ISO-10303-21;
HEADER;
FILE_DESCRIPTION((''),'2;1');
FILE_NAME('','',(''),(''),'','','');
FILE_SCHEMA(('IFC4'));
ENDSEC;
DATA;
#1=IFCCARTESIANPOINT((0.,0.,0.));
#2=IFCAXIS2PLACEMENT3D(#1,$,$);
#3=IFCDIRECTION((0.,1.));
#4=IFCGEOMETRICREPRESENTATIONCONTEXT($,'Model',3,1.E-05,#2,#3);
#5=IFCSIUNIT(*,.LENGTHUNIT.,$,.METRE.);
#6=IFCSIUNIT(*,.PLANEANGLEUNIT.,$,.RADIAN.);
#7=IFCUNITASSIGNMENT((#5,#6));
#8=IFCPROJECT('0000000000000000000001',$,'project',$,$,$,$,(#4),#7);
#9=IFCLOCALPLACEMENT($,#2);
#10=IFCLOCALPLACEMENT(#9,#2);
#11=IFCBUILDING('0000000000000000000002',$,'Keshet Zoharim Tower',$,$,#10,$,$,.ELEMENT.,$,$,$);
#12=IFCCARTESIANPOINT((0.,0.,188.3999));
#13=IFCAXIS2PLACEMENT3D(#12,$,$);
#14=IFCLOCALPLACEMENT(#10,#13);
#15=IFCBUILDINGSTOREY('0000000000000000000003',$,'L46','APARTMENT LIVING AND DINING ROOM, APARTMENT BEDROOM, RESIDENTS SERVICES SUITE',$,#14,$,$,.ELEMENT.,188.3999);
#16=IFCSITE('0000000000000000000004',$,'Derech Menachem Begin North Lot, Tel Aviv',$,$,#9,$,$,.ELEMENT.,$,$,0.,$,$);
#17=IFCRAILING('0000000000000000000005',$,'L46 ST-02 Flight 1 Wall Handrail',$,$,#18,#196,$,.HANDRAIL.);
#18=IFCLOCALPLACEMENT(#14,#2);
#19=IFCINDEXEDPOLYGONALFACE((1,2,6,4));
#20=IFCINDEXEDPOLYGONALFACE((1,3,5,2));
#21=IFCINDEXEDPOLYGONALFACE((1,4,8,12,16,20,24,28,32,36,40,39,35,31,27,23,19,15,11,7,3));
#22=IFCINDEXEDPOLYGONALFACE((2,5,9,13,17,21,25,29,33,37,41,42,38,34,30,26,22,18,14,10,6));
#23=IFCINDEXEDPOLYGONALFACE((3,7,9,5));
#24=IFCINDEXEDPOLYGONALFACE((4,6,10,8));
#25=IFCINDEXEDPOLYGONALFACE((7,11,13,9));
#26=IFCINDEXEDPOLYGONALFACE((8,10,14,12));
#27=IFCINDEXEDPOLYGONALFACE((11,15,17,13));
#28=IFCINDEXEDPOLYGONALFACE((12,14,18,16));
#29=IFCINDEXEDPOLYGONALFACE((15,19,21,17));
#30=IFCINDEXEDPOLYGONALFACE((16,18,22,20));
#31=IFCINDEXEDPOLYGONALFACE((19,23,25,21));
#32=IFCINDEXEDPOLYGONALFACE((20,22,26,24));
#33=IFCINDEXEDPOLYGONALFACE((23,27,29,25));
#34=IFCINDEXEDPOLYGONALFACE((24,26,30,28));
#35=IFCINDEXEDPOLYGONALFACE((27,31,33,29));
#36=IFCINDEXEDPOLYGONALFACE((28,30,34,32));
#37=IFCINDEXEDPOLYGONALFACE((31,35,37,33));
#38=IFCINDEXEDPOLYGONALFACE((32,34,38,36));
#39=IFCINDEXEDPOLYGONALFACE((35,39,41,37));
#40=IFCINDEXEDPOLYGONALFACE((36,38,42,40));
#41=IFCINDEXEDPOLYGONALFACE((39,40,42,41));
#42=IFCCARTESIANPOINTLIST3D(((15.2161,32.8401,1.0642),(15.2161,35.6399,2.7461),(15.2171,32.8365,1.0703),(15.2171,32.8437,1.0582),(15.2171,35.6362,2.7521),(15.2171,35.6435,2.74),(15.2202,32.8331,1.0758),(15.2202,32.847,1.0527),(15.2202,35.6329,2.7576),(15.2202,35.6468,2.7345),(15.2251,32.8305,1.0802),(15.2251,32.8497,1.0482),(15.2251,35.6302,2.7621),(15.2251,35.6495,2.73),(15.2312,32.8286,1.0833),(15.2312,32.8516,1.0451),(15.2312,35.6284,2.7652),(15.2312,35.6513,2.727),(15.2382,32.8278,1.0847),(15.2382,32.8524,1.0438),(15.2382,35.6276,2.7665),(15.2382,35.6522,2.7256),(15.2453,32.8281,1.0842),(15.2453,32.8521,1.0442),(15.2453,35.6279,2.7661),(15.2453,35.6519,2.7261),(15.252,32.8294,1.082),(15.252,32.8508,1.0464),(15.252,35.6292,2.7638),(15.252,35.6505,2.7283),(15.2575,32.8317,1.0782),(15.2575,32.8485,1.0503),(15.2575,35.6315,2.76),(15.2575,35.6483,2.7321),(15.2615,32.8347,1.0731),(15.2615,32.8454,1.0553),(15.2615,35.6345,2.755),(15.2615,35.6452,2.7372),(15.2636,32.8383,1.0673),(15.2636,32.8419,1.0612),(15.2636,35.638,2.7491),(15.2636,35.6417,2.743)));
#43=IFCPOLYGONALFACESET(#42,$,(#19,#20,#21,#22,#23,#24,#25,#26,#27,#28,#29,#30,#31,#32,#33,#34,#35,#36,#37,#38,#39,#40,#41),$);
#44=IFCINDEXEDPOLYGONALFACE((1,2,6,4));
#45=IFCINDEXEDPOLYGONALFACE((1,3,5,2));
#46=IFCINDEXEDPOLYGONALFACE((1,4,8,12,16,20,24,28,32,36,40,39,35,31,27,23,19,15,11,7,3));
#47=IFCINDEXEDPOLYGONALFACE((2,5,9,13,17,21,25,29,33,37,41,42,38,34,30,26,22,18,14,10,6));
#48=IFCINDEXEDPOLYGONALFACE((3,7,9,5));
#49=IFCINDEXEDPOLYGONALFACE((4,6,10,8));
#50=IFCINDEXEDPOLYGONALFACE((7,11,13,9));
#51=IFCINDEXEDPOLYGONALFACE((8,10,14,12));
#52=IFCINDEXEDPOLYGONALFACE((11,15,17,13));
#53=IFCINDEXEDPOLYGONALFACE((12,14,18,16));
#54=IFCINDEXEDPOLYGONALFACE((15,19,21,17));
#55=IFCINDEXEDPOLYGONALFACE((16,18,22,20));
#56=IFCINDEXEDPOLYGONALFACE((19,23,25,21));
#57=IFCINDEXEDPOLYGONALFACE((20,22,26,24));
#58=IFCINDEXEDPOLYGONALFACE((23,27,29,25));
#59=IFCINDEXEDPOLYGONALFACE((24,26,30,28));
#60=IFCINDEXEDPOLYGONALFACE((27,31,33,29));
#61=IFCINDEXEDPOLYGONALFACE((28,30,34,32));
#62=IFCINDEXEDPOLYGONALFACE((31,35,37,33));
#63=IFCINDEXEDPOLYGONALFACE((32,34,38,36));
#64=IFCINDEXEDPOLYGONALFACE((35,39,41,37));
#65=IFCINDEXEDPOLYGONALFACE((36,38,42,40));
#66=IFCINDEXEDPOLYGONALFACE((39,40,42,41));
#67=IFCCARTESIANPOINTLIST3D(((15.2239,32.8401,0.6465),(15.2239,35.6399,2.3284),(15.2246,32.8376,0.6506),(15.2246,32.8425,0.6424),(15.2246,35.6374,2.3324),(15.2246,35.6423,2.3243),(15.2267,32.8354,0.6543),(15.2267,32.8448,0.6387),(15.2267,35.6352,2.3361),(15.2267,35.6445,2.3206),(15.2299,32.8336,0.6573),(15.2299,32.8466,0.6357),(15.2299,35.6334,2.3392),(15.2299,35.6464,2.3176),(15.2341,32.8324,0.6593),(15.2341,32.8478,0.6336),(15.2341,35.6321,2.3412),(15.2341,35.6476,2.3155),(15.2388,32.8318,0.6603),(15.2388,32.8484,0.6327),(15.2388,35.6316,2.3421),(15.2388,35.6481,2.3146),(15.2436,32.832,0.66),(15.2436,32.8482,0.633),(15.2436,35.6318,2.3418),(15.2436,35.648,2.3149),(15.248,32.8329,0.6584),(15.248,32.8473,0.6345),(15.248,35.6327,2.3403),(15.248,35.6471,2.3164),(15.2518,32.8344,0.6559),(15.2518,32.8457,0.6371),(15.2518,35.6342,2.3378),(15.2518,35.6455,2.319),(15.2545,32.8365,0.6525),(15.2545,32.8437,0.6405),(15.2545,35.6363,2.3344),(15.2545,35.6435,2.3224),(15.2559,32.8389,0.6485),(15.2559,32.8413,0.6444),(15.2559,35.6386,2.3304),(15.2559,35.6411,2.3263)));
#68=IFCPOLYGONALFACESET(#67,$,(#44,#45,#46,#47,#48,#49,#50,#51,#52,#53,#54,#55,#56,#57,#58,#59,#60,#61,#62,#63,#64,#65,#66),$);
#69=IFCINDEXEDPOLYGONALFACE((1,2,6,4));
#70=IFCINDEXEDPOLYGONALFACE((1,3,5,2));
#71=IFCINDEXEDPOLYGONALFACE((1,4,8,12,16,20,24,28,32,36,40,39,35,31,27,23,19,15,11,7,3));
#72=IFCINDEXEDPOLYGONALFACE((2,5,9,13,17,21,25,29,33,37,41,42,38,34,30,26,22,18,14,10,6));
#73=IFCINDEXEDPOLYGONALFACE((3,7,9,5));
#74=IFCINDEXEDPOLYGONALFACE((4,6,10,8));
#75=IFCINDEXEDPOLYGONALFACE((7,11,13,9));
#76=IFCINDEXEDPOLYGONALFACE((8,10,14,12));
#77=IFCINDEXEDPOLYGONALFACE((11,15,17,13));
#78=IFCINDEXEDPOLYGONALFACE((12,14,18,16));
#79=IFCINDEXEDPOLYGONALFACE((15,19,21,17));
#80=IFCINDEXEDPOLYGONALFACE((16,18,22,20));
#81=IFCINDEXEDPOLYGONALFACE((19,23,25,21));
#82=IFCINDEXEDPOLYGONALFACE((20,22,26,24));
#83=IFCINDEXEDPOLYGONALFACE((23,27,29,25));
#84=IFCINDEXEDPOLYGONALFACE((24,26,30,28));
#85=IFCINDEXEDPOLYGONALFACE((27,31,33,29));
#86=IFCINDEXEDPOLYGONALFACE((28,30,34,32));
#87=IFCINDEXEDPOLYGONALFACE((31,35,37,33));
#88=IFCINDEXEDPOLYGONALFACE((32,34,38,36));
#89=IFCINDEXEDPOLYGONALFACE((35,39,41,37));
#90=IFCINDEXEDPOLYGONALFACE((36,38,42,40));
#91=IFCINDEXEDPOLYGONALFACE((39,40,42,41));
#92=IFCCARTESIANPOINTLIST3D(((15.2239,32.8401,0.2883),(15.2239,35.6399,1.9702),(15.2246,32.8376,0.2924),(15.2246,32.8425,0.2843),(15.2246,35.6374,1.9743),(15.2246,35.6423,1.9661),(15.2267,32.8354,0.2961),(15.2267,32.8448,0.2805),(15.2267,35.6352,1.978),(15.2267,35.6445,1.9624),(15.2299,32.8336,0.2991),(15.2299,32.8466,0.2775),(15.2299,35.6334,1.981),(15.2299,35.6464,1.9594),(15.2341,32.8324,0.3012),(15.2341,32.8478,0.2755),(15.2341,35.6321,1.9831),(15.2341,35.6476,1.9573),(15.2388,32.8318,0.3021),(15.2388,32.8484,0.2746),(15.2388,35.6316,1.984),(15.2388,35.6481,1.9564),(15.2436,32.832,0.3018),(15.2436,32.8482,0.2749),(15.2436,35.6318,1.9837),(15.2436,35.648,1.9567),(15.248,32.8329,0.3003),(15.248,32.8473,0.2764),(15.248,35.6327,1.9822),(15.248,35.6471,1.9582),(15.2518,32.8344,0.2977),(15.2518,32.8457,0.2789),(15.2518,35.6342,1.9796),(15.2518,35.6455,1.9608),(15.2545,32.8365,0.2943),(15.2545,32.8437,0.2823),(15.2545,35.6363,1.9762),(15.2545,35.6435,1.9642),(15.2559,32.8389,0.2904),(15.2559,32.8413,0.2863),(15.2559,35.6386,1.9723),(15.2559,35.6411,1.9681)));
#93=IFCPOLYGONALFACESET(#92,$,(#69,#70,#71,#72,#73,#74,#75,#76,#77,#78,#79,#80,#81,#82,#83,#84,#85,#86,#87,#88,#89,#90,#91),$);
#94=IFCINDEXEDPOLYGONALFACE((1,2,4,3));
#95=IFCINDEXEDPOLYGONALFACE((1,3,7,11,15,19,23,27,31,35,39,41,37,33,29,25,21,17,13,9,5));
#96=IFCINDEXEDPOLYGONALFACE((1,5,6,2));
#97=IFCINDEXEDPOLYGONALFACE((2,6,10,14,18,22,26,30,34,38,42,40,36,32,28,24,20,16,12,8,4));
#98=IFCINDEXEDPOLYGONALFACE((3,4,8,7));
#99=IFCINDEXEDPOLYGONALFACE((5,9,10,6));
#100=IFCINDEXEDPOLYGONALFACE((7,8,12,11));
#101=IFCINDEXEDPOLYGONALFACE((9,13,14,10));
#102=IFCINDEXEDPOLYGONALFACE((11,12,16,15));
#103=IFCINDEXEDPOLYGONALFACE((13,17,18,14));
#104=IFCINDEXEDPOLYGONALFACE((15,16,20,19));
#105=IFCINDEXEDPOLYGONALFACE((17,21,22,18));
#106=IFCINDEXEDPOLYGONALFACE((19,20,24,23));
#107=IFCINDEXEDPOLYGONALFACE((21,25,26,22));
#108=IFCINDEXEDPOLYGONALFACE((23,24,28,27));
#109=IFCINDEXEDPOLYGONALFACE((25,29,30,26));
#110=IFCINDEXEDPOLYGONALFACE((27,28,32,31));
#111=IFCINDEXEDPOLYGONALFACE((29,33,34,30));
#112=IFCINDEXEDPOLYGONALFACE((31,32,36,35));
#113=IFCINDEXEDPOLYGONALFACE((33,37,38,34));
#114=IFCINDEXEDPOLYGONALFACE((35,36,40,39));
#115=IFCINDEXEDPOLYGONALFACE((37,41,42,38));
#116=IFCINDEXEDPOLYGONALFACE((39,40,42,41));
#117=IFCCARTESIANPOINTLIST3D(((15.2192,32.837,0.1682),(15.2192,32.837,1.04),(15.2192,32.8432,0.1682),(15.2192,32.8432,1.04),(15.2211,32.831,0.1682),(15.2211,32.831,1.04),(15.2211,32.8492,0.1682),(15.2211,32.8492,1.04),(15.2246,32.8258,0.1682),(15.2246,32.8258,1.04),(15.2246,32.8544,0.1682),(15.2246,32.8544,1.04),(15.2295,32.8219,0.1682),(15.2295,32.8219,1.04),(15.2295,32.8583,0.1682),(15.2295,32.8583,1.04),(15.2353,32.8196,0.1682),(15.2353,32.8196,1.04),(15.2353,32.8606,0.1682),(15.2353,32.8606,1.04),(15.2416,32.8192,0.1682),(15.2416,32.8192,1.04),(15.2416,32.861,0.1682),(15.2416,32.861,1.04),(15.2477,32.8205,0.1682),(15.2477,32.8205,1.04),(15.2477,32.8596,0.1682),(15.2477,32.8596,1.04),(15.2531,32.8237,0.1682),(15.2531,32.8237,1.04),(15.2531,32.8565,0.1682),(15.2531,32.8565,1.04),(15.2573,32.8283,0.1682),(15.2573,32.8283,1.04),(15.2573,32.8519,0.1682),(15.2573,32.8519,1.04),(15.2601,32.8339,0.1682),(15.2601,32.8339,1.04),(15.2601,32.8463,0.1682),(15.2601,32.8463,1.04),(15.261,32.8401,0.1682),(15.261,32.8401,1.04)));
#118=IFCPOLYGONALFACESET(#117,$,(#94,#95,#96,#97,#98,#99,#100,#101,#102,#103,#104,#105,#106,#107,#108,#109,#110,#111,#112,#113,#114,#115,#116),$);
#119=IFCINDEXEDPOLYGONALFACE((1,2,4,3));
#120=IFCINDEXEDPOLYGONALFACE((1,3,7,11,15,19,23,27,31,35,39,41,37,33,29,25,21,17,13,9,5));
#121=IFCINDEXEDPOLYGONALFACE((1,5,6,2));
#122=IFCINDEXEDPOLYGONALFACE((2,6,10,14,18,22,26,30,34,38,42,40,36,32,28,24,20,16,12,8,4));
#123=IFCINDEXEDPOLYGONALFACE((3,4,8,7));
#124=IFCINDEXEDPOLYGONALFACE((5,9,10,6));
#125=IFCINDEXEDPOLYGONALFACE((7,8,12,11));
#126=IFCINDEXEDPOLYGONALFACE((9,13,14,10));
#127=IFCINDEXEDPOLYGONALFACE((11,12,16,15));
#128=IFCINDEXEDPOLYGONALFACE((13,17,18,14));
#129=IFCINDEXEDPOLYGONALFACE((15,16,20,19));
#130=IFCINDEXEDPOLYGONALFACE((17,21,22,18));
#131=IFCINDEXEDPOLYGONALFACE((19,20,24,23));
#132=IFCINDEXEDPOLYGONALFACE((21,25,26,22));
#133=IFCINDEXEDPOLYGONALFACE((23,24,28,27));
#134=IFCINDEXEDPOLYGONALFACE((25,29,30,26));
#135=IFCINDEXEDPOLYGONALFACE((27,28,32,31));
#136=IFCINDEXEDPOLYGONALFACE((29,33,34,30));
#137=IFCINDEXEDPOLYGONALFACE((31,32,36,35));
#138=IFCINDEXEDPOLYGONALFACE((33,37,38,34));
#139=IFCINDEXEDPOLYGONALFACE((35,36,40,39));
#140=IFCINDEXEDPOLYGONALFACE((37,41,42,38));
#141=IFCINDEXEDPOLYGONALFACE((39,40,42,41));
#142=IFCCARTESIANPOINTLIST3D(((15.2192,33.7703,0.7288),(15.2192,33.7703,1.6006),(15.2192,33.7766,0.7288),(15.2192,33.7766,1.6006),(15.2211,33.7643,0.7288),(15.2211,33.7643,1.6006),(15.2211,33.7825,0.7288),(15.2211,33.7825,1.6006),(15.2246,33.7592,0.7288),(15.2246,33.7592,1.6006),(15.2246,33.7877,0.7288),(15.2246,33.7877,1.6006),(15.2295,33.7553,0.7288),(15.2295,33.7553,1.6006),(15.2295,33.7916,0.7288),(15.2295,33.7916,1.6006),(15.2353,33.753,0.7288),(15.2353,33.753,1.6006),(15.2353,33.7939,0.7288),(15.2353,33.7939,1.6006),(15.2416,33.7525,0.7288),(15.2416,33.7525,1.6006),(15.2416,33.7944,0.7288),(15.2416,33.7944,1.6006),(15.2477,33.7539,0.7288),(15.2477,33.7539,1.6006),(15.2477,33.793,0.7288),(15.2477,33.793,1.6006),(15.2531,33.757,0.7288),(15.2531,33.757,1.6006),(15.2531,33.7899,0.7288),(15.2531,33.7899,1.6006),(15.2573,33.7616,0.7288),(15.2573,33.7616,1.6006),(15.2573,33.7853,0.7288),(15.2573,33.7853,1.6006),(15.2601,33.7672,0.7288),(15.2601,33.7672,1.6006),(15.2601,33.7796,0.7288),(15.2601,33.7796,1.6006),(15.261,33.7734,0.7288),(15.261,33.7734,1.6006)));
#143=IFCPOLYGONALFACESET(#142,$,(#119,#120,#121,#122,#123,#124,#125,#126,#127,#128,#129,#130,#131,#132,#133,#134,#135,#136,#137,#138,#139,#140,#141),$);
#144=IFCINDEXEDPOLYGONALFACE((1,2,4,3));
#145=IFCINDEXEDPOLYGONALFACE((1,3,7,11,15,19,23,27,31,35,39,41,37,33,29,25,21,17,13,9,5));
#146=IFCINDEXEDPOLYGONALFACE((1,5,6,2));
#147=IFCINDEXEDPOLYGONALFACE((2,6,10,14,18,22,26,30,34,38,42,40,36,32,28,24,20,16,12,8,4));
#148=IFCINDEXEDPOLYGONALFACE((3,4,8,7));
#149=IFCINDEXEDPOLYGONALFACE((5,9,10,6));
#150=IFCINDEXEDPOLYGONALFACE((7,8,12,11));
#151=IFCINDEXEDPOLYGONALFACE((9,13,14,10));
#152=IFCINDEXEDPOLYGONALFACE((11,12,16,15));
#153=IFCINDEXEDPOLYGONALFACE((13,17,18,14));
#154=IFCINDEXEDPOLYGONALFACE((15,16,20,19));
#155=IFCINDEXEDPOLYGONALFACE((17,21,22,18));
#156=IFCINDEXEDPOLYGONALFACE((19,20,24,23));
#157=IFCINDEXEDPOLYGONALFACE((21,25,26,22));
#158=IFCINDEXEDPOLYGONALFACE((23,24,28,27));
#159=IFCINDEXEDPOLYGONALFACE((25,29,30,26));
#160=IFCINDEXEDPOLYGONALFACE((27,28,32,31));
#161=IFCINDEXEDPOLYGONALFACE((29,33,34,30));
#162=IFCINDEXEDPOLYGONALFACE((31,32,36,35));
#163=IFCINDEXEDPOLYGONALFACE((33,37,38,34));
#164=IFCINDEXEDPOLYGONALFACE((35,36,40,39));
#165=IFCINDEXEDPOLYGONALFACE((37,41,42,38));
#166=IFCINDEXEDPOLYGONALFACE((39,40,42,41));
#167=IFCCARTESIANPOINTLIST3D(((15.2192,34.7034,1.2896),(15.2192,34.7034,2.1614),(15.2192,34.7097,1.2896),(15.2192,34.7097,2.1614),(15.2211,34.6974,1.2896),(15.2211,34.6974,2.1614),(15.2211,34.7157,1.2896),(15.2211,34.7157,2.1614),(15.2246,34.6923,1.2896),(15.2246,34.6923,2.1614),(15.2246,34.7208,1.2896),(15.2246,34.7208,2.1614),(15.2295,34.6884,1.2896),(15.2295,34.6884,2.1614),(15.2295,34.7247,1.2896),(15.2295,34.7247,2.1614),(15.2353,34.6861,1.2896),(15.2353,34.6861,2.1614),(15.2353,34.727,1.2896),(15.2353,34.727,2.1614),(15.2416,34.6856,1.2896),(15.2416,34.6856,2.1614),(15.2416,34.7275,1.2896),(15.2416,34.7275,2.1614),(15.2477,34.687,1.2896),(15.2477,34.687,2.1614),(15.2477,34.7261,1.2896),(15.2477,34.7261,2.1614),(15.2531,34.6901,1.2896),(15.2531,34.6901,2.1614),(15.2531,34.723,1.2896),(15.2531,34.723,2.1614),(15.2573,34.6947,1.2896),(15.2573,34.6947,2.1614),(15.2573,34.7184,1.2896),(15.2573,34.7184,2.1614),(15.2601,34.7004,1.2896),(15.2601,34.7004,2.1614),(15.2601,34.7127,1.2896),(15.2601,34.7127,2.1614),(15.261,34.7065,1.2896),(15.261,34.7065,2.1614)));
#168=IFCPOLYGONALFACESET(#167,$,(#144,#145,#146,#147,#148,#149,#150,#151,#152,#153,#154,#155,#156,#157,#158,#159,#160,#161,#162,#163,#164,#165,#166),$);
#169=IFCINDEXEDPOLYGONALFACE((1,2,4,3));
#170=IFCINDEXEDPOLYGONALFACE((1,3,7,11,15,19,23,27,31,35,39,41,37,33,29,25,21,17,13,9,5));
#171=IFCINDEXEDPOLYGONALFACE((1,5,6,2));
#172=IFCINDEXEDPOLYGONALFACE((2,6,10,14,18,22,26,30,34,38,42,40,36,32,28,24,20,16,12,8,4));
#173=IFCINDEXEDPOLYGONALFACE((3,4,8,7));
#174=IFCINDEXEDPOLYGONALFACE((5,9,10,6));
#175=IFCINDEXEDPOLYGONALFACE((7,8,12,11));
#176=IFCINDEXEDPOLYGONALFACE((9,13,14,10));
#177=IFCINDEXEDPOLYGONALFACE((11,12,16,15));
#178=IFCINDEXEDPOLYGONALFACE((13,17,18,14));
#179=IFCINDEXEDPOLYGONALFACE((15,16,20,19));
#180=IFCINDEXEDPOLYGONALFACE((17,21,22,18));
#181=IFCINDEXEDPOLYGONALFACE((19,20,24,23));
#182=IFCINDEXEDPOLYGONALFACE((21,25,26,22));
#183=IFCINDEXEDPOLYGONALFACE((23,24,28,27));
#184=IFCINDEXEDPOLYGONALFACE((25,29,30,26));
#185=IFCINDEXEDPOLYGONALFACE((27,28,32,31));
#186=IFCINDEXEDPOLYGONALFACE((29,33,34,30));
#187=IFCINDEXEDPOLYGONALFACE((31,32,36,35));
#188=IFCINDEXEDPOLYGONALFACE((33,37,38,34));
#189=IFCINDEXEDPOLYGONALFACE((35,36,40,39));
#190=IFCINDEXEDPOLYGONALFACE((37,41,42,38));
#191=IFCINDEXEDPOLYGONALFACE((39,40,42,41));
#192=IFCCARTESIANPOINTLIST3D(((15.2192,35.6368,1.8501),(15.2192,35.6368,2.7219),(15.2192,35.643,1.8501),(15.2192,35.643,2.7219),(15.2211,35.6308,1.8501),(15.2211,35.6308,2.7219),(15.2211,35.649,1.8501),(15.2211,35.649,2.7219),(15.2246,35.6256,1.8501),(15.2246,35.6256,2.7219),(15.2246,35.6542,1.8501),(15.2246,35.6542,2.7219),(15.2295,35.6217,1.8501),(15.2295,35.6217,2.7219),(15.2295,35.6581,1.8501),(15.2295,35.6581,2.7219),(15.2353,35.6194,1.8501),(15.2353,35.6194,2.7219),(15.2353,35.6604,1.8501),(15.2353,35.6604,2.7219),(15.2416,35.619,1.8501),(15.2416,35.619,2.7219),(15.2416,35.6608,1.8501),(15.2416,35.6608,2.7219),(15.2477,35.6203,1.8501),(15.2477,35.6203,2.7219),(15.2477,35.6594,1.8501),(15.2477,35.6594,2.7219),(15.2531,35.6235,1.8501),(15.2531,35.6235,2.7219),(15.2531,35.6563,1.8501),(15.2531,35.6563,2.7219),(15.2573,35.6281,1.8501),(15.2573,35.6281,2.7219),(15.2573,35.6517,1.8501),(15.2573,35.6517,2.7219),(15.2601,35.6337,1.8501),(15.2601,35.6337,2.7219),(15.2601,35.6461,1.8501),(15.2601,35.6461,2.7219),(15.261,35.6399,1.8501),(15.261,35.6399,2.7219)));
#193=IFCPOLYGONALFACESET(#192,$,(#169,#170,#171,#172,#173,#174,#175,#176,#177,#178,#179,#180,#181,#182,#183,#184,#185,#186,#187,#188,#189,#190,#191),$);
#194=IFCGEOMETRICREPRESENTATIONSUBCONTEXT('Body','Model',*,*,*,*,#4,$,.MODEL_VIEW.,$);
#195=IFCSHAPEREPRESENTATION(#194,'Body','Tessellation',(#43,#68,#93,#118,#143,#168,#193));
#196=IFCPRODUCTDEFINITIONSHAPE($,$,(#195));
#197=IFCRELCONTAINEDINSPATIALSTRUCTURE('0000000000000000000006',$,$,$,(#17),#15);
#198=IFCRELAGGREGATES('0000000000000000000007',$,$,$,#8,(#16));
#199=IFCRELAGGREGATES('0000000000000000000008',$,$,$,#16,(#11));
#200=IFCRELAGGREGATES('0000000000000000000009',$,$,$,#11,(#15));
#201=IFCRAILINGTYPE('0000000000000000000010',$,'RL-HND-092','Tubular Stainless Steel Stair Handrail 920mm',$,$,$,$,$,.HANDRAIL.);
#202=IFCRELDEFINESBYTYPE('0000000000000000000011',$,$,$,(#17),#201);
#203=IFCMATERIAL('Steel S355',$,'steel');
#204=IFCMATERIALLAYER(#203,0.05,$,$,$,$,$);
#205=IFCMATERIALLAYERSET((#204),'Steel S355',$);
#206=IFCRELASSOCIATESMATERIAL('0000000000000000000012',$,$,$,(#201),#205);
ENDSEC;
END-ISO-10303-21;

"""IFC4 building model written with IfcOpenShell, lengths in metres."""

from ifc_helpers import new_model, si_unit, direction, frame, origin, origin_2d, place, context, subcontext, project, spatial, circle, extrude, material, layer, layer_set, type_object, element, save


model = new_model("IFC4")

# Units and contexts
model_context = context("Model", 3, precision=1e-05, world=origin(), true_north=direction((0.0, 1.0)))
body_context = subcontext(model_context, "Body", "Model", "MODEL_VIEW")
ifc_project = project(units=[si_unit("LENGTHUNIT", "METRE"), si_unit("PLANEANGLEUNIT", "RADIAN")], contexts=[model_context])

# Site, building, storey
site_placement = place(None, origin())
site = spatial("IfcSite", under=ifc_project, at=site_placement, Name="Derech Menachem Begin North Lot, Tel Aviv", CompositionType="ELEMENT", RefElevation=0.0)
building_placement = place(site_placement, origin())
building = spatial("IfcBuilding", under=site, at=building_placement, Name="Keshet Zoharim Tower", CompositionType="ELEMENT")
storey_placement = place(building_placement, frame((0.0, 0.0, 188.3999)))
storey = spatial("IfcBuildingStorey", under=building, at=storey_placement, Name="L46", Description="APARTMENT LIVING AND DINING ROOM, APARTMENT BEDROOM, RESIDENTS SERVICES SUITE", CompositionType="ELEMENT", Elevation=188.3999)

# Shared definitions
ifc_material_1 = material(Name="Steel S355", Category="steel")

# Railing
ifc_layer_1 = layer(ifc_material_1, 0.05)
ifc_layer_set_1 = layer_set([ifc_layer_1], Name="Steel S355")
railing_type = type_object("IfcRailingType", Name="RL-HND-092", Description="Tubular Stainless Steel Stair Handrail 920mm", PredefinedType="HANDRAIL", material=ifc_layer_set_1)
railing_placement = place(storey_placement, frame((15.24, 32.8401, 0.1682)))
element("IfcRailing", 1, at=railing_placement, inside=storey, type_object=railing_type, Name="L46 ST-02 Flight 1 Wall Handrail", PredefinedType="HANDRAIL", context=body_context, shape_type="SweptSolid", body=[
    extrude(circle(Radius=0.0239, at=origin_2d()), frame((0.0, 0.0, 0.896), z_axis=(0.0, 0.857222, 0.514946), x_axis=(-1.0, 0.0, 0.0)), (0.0, 0.0, 1.0), 3.2661),
    extrude(circle(Radius=0.0161, at=origin_2d()), frame((0.0, 0.0, 0.4783), z_axis=(0.0, 0.857222, 0.514946), x_axis=(-1.0, 0.0, 0.0)), (0.0, 0.0, 1.0), 3.2661),
    extrude(circle(Radius=0.0161, at=origin_2d()), frame((0.0, 0.0, 0.1201), z_axis=(0.0, 0.857222, 0.514946), x_axis=(-1.0, 0.0, 0.0)), (0.0, 0.0, 1.0), 3.2661),
    extrude(circle(Radius=0.021, at=origin_2d()), origin(), (0.0, 0.0, 1.0), 0.8718),
    extrude(circle(Radius=0.021, at=origin_2d()), frame((0.0, 0.9333, 0.5605)), (0.0, 0.0, 1.0), 0.8718),
    extrude(circle(Radius=0.021, at=origin_2d()), frame((0.0, 1.8665, 1.1213)), (0.0, 0.0, 1.0), 0.8718),
    extrude(circle(Radius=0.021, at=origin_2d()), frame((0.0, 2.7998, 1.6819)), (0.0, 0.0, 1.0), 0.8718),
])

save(model, "model.ifc")
